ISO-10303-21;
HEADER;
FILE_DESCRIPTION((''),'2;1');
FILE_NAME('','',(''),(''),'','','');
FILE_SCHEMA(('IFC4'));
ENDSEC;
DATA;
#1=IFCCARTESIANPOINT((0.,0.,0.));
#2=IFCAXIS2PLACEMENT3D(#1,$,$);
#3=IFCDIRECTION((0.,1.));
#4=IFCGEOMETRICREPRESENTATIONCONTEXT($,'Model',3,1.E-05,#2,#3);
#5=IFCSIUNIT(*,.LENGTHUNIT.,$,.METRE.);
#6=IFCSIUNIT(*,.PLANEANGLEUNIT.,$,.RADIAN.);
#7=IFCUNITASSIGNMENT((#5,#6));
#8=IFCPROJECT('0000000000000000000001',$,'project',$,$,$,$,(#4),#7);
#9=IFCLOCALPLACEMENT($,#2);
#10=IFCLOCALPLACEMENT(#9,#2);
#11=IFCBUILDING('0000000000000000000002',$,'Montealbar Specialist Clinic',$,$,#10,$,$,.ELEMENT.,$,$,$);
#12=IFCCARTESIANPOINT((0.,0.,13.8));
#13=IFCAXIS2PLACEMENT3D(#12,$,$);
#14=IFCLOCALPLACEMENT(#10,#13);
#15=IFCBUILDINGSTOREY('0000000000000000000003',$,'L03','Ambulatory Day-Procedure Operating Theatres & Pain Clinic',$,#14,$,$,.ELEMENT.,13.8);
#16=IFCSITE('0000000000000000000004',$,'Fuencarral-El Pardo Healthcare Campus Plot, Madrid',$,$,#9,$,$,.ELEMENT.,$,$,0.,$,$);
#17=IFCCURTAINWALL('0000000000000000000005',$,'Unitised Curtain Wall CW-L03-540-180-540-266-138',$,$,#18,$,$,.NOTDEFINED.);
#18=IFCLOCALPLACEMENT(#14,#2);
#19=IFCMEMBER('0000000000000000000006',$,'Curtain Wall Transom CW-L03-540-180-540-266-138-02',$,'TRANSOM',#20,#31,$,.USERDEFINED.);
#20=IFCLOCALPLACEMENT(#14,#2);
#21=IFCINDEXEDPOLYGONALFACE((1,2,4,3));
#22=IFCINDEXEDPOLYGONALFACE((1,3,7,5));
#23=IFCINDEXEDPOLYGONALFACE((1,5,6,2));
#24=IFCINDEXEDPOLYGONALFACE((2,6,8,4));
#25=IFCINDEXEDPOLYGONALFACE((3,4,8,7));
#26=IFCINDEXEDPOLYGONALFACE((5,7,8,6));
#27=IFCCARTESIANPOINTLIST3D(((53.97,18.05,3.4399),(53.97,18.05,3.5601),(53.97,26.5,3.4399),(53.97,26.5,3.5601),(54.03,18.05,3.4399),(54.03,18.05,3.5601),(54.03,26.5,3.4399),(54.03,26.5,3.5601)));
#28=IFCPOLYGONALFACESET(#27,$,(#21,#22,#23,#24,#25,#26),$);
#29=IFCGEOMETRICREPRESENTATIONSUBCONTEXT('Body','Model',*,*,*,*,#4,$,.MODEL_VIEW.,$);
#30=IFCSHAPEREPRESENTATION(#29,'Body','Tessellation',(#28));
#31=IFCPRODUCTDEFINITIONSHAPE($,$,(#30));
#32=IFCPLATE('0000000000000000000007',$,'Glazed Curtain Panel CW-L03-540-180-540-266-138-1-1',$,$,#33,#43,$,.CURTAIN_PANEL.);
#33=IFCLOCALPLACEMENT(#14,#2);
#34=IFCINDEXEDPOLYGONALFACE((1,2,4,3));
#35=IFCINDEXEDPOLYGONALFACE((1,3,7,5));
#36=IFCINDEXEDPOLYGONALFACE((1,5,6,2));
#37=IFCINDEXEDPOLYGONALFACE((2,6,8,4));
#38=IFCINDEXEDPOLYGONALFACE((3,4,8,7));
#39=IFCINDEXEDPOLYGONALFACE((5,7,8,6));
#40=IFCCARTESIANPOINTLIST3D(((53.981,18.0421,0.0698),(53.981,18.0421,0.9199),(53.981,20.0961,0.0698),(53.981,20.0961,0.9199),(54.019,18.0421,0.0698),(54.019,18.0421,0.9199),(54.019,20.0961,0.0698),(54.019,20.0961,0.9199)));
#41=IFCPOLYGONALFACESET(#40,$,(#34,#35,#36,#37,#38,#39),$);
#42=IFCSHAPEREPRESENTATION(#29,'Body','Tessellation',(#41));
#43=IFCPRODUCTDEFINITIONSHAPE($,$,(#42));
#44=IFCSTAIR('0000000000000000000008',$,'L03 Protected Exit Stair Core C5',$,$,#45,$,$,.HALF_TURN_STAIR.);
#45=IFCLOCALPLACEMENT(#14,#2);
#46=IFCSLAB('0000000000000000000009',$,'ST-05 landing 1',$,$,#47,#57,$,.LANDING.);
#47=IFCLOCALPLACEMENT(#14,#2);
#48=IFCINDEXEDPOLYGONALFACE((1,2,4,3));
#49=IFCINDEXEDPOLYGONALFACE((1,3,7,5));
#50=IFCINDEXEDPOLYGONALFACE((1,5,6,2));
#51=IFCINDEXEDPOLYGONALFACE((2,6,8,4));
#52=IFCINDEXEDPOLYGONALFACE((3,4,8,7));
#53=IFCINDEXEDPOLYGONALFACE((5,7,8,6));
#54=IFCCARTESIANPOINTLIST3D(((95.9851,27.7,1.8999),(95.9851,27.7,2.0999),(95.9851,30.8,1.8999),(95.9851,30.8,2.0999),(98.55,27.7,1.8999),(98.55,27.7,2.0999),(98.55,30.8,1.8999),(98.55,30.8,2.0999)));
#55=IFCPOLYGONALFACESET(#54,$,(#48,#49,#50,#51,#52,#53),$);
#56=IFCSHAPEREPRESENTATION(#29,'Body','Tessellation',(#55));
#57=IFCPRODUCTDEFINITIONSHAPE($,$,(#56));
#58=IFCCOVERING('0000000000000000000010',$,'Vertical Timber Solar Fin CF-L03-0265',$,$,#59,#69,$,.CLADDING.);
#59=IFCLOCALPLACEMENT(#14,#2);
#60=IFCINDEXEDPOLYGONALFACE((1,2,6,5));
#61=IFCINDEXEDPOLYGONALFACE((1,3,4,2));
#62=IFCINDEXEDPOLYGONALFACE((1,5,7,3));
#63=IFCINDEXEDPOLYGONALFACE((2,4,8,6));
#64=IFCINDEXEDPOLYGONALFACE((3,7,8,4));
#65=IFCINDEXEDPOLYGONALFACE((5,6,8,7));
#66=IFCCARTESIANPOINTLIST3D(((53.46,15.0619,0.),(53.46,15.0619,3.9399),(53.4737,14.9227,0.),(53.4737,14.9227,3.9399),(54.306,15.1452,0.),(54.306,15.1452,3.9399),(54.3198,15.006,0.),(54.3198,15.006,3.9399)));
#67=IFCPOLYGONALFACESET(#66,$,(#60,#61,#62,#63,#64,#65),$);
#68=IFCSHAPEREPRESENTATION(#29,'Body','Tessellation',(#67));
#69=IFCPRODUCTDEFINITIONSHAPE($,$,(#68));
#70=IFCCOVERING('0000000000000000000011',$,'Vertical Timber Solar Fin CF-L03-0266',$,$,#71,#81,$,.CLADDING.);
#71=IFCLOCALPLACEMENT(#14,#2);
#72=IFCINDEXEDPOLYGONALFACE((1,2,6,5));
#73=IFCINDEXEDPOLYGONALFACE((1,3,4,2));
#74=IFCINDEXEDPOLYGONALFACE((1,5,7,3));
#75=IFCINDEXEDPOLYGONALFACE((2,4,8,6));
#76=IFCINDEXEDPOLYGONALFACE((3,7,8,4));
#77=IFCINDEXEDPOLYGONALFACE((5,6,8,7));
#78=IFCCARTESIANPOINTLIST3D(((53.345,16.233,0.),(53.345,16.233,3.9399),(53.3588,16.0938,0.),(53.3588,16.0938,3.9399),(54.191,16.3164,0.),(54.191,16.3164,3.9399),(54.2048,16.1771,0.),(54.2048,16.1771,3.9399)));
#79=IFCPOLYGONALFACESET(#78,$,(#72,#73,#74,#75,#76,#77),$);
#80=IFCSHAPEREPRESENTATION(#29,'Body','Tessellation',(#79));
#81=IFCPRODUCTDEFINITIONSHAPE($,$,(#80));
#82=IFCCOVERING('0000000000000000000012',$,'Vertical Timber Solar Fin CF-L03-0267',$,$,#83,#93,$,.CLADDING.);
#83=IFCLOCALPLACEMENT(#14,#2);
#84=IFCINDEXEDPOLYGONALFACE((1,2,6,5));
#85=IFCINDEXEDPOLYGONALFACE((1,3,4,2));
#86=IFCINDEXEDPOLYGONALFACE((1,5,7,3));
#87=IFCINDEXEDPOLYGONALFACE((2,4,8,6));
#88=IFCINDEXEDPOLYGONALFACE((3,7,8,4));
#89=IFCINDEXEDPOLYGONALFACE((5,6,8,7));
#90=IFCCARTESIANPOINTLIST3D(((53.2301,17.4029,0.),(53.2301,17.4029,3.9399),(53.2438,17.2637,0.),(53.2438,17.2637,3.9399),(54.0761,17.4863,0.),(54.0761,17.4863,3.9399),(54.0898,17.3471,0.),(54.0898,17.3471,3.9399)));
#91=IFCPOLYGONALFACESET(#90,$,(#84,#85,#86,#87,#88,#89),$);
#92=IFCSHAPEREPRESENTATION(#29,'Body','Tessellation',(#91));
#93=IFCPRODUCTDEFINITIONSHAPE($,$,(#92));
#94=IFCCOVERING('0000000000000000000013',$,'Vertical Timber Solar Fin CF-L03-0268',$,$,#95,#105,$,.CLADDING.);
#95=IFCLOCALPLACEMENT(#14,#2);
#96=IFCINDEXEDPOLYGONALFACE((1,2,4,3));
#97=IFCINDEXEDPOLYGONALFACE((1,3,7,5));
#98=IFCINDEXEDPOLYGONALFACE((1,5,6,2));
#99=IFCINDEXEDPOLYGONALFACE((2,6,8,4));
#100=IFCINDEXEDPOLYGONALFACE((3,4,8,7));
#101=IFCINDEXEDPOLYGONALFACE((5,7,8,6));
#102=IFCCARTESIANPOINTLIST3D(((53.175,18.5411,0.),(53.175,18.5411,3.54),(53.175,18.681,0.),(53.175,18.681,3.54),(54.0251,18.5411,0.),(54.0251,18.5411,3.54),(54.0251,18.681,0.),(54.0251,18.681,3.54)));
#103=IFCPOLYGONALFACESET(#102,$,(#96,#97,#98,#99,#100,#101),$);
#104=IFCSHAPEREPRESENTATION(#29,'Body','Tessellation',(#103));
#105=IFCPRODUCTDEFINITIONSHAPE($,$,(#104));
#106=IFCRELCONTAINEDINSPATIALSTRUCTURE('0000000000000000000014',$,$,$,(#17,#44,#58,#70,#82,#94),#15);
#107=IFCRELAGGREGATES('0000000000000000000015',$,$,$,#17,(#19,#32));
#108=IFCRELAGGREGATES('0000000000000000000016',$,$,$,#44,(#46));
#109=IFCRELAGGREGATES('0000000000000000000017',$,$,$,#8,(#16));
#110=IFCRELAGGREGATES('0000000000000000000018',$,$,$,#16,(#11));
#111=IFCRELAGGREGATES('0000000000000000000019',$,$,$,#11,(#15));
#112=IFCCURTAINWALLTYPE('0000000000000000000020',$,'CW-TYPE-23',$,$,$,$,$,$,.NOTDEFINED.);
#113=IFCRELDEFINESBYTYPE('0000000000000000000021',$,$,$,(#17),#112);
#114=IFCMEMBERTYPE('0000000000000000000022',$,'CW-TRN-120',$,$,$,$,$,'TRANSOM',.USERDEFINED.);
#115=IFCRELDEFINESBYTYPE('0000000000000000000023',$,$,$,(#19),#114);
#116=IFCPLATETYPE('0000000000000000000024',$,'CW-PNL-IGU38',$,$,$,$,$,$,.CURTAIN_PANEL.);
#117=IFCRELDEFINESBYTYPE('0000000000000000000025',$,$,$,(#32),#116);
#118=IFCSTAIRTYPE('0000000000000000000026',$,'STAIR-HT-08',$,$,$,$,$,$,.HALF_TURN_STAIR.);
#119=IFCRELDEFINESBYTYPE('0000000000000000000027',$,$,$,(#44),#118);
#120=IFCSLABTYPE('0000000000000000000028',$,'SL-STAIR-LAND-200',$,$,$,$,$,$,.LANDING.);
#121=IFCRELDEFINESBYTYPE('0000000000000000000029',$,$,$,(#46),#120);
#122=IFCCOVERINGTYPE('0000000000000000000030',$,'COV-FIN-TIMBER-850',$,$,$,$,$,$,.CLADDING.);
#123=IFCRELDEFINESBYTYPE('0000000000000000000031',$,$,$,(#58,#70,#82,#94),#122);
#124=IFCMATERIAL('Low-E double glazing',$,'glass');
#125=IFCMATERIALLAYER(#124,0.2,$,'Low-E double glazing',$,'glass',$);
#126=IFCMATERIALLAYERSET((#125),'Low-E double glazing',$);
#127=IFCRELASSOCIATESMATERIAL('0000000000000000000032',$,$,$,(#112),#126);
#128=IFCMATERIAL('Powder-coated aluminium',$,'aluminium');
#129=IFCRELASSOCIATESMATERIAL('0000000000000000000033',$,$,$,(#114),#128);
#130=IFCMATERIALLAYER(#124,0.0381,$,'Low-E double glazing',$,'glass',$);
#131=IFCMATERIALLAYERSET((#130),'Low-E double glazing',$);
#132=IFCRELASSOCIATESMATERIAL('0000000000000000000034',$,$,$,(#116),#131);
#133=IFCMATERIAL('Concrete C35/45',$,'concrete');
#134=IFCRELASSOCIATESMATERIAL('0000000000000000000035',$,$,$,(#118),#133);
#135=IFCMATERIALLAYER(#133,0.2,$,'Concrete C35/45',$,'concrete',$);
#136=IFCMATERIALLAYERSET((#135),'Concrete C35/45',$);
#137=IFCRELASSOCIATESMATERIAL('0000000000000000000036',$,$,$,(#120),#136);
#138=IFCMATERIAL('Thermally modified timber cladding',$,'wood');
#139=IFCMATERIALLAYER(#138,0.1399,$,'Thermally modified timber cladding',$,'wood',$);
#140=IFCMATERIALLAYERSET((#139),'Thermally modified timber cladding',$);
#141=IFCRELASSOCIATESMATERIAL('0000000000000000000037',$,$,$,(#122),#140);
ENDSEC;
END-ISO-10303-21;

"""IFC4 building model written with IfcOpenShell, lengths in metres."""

from ifc_helpers import new_model, si_unit, direction, frame, origin, origin_2d, place, context, subcontext, project, spatial, polyline, rectangle, outline, extrude, material, layer, layer_set, material_profile, profile_set, type_object, element, aggregate, save


model = new_model("IFC4")

# Units and contexts
model_context = context("Model", 3, precision=1e-05, world=origin(), true_north=direction((0.0, 1.0)))
body_context = subcontext(model_context, "Body", "Model", "MODEL_VIEW")
ifc_project = project(units=[si_unit("LENGTHUNIT", "METRE"), si_unit("PLANEANGLEUNIT", "RADIAN")], contexts=[model_context])

# Site, building, storey
site_placement = place(None, origin())
site = spatial("IfcSite", under=ifc_project, at=site_placement, Name="Fuencarral-El Pardo Healthcare Campus Plot, Madrid", CompositionType="ELEMENT", RefElevation=0.0)
building_placement = place(site_placement, origin())
building = spatial("IfcBuilding", under=site, at=building_placement, Name="Montealbar Specialist Clinic", CompositionType="ELEMENT")
storey_placement = place(building_placement, frame((0.0, 0.0, 13.8)))
storey = spatial("IfcBuildingStorey", under=building, at=storey_placement, Name="L03", Description="Ambulatory Day-Procedure Operating Theatres & Pain Clinic", CompositionType="ELEMENT", Elevation=13.8)

# Curtain wall, member, plate
ifc_material_1 = material(Name="Low-E double glazing", Category="glass")
ifc_layer_1 = layer(ifc_material_1, 0.2, Name="Low-E double glazing", Category="glass")
ifc_layer_set_1 = layer_set([ifc_layer_1], Name="Low-E double glazing")
curtain_wall_type = type_object("IfcCurtainWallType", Name="CW-TYPE-23", PredefinedType="NOTDEFINED", material=ifc_layer_set_1)
curtain_wall_placement = place(storey_placement, origin())
curtain_wall = element("IfcCurtainWall", 1, at=curtain_wall_placement, inside=storey, type_object=curtain_wall_type, Name="Unitised Curtain Wall CW-L03-540-180-540-266-138", PredefinedType="NOTDEFINED")
ifc_material_2 = material(Name="Powder-coated aluminium", Category="aluminium")
ifc_material_profile_1 = material_profile(ifc_material_2, rectangle(XDim=0.0601, YDim=0.1201, at=origin_2d()), Name="ALU 60x120", Category="aluminium")
ifc_profile_set_1 = profile_set([ifc_material_profile_1], Name="Powder-coated aluminium")
member_type_1 = type_object("IfcMemberType", Name="CW-TRN-120", ElementType="TRANSOM", PredefinedType="USERDEFINED", material=ifc_profile_set_1)
member_1_placement = place(storey_placement, frame((54.0, 18.05, 3.5), z_axis=(0.0, 1.0, 0.0), x_axis=(-1.0, 0.0, 0.0)))
member_1 = element("IfcMember", 2, at=member_1_placement, type_object=member_type_1, Name="Curtain Wall Transom CW-L03-540-180-540-266-138-02", ObjectType="TRANSOM", PredefinedType="USERDEFINED", context=body_context, shape_type="SweptSolid", body=[
    extrude(rectangle(XDim=0.0601, YDim=0.1201, at=origin_2d()), origin(), (0.0, 0.0, 1.0), 8.45),
])
ifc_layer_2 = layer(ifc_material_1, 0.0381, Name="Low-E double glazing", Category="glass")
ifc_layer_set_2 = layer_set([ifc_layer_2], Name="Low-E double glazing")
plate_type = type_object("IfcPlateType", Name="CW-PNL-IGU38", PredefinedType="CURTAIN_PANEL", material=ifc_layer_set_2)
plate_placement = place(storey_placement, frame((54.0, 19.0691, 0.0698), z_axis=(0.0, 0.0, 1.0), x_axis=(0.0, 1.0, 0.0)))
plate = element("IfcPlate", 3, at=plate_placement, type_object=plate_type, Name="Glazed Curtain Panel CW-L03-540-180-540-266-138-1-1", PredefinedType="CURTAIN_PANEL", context=body_context, shape_type="SweptSolid", body=[
    extrude(rectangle(XDim=2.054, YDim=0.0381, at=origin_2d()), origin(), (0.0, 0.0, 1.0), 0.8501),
])
aggregate(curtain_wall, [member_1, plate])

# Stair, slab
ifc_material_3 = material(Name="Concrete C35/45", Category="concrete")
stair_type = type_object("IfcStairType", Name="STAIR-HT-08", PredefinedType="HALF_TURN_STAIR", material=ifc_material_3)
stair_placement = place(storey_placement, origin())
stair = element("IfcStair", 4, at=stair_placement, inside=storey, type_object=stair_type, Name="L03 Protected Exit Stair Core C5", PredefinedType="HALF_TURN_STAIR")
ifc_layer_3 = layer(ifc_material_3, 0.2, Name="Concrete C35/45", Category="concrete")
ifc_layer_set_3 = layer_set([ifc_layer_3], Name="Concrete C35/45")
slab_type = type_object("IfcSlabType", Name="SL-STAIR-LAND-200", PredefinedType="LANDING", material=ifc_layer_set_3)
slab_placement = place(storey_placement, frame((0.0, 0.0, 1.8999)))
slab = element("IfcSlab", 5, at=slab_placement, type_object=slab_type, Name="ST-05 landing 1", PredefinedType="LANDING", context=body_context, shape_type="SweptSolid", body=[
    extrude(outline(polyline([(95.9851, 27.7), (98.55, 27.7), (98.55, 30.8), (95.9851, 30.8), (95.9851, 27.7)])), origin(), (0.0, 0.0, 1.0), 0.2),
])
aggregate(stair, [slab])

# Coverings
ifc_material_4 = material(Name="Thermally modified timber cladding", Category="wood")
ifc_layer_4 = layer(ifc_material_4, 0.1399, Name="Thermally modified timber cladding", Category="wood")
ifc_layer_set_4 = layer_set([ifc_layer_4], Name="Thermally modified timber cladding")
covering_type = type_object("IfcCoveringType", Name="COV-FIN-TIMBER-850", PredefinedType="CLADDING", material=ifc_layer_set_4)
for number, where, z_axis, x_axis, name in (
    (6, (53.8899, 15.0339, 0.0), (0.0, 0.0, 1.0), (-0.995182, -0.098045, 0.0), "Vertical Timber Solar Fin CF-L03-0265"),
    (7, (53.7749, 16.2051, 0.0), (0.0, 0.0, 1.0), (-0.995182, -0.098045, 0.0), "Vertical Timber Solar Fin CF-L03-0266"),
    (8, (53.6599, 17.375, 0.0), (0.0, 0.0, 1.0), (-0.995182, -0.098045, 0.0), "Vertical Timber Solar Fin CF-L03-0267"),
):
    element("IfcCovering", number, at=place(storey_placement, frame(where, z_axis=z_axis, x_axis=x_axis)), inside=storey, type_object=covering_type, Name=name, PredefinedType="CLADDING", context=body_context, shape_type="SweptSolid", body=[
        extrude(rectangle(XDim=0.8501, YDim=0.1399, at=origin_2d()), origin(), (0.0, 0.0, 1.0), 3.9399),
    ])
covering_placement = place(storey_placement, frame((53.6001, 18.6111, 0.0), z_axis=(0.0, 0.0, 1.0), x_axis=(-1.0, 0.0, 0.0)))
element("IfcCovering", 9, at=covering_placement, inside=storey, type_object=covering_type, Name="Vertical Timber Solar Fin CF-L03-0268", PredefinedType="CLADDING", context=body_context, shape_type="SweptSolid", body=[
    extrude(rectangle(XDim=0.8501, YDim=0.1399, at=origin_2d()), origin(), (0.0, 0.0, 1.0), 3.54),
])

save(model, "model.ifc")
